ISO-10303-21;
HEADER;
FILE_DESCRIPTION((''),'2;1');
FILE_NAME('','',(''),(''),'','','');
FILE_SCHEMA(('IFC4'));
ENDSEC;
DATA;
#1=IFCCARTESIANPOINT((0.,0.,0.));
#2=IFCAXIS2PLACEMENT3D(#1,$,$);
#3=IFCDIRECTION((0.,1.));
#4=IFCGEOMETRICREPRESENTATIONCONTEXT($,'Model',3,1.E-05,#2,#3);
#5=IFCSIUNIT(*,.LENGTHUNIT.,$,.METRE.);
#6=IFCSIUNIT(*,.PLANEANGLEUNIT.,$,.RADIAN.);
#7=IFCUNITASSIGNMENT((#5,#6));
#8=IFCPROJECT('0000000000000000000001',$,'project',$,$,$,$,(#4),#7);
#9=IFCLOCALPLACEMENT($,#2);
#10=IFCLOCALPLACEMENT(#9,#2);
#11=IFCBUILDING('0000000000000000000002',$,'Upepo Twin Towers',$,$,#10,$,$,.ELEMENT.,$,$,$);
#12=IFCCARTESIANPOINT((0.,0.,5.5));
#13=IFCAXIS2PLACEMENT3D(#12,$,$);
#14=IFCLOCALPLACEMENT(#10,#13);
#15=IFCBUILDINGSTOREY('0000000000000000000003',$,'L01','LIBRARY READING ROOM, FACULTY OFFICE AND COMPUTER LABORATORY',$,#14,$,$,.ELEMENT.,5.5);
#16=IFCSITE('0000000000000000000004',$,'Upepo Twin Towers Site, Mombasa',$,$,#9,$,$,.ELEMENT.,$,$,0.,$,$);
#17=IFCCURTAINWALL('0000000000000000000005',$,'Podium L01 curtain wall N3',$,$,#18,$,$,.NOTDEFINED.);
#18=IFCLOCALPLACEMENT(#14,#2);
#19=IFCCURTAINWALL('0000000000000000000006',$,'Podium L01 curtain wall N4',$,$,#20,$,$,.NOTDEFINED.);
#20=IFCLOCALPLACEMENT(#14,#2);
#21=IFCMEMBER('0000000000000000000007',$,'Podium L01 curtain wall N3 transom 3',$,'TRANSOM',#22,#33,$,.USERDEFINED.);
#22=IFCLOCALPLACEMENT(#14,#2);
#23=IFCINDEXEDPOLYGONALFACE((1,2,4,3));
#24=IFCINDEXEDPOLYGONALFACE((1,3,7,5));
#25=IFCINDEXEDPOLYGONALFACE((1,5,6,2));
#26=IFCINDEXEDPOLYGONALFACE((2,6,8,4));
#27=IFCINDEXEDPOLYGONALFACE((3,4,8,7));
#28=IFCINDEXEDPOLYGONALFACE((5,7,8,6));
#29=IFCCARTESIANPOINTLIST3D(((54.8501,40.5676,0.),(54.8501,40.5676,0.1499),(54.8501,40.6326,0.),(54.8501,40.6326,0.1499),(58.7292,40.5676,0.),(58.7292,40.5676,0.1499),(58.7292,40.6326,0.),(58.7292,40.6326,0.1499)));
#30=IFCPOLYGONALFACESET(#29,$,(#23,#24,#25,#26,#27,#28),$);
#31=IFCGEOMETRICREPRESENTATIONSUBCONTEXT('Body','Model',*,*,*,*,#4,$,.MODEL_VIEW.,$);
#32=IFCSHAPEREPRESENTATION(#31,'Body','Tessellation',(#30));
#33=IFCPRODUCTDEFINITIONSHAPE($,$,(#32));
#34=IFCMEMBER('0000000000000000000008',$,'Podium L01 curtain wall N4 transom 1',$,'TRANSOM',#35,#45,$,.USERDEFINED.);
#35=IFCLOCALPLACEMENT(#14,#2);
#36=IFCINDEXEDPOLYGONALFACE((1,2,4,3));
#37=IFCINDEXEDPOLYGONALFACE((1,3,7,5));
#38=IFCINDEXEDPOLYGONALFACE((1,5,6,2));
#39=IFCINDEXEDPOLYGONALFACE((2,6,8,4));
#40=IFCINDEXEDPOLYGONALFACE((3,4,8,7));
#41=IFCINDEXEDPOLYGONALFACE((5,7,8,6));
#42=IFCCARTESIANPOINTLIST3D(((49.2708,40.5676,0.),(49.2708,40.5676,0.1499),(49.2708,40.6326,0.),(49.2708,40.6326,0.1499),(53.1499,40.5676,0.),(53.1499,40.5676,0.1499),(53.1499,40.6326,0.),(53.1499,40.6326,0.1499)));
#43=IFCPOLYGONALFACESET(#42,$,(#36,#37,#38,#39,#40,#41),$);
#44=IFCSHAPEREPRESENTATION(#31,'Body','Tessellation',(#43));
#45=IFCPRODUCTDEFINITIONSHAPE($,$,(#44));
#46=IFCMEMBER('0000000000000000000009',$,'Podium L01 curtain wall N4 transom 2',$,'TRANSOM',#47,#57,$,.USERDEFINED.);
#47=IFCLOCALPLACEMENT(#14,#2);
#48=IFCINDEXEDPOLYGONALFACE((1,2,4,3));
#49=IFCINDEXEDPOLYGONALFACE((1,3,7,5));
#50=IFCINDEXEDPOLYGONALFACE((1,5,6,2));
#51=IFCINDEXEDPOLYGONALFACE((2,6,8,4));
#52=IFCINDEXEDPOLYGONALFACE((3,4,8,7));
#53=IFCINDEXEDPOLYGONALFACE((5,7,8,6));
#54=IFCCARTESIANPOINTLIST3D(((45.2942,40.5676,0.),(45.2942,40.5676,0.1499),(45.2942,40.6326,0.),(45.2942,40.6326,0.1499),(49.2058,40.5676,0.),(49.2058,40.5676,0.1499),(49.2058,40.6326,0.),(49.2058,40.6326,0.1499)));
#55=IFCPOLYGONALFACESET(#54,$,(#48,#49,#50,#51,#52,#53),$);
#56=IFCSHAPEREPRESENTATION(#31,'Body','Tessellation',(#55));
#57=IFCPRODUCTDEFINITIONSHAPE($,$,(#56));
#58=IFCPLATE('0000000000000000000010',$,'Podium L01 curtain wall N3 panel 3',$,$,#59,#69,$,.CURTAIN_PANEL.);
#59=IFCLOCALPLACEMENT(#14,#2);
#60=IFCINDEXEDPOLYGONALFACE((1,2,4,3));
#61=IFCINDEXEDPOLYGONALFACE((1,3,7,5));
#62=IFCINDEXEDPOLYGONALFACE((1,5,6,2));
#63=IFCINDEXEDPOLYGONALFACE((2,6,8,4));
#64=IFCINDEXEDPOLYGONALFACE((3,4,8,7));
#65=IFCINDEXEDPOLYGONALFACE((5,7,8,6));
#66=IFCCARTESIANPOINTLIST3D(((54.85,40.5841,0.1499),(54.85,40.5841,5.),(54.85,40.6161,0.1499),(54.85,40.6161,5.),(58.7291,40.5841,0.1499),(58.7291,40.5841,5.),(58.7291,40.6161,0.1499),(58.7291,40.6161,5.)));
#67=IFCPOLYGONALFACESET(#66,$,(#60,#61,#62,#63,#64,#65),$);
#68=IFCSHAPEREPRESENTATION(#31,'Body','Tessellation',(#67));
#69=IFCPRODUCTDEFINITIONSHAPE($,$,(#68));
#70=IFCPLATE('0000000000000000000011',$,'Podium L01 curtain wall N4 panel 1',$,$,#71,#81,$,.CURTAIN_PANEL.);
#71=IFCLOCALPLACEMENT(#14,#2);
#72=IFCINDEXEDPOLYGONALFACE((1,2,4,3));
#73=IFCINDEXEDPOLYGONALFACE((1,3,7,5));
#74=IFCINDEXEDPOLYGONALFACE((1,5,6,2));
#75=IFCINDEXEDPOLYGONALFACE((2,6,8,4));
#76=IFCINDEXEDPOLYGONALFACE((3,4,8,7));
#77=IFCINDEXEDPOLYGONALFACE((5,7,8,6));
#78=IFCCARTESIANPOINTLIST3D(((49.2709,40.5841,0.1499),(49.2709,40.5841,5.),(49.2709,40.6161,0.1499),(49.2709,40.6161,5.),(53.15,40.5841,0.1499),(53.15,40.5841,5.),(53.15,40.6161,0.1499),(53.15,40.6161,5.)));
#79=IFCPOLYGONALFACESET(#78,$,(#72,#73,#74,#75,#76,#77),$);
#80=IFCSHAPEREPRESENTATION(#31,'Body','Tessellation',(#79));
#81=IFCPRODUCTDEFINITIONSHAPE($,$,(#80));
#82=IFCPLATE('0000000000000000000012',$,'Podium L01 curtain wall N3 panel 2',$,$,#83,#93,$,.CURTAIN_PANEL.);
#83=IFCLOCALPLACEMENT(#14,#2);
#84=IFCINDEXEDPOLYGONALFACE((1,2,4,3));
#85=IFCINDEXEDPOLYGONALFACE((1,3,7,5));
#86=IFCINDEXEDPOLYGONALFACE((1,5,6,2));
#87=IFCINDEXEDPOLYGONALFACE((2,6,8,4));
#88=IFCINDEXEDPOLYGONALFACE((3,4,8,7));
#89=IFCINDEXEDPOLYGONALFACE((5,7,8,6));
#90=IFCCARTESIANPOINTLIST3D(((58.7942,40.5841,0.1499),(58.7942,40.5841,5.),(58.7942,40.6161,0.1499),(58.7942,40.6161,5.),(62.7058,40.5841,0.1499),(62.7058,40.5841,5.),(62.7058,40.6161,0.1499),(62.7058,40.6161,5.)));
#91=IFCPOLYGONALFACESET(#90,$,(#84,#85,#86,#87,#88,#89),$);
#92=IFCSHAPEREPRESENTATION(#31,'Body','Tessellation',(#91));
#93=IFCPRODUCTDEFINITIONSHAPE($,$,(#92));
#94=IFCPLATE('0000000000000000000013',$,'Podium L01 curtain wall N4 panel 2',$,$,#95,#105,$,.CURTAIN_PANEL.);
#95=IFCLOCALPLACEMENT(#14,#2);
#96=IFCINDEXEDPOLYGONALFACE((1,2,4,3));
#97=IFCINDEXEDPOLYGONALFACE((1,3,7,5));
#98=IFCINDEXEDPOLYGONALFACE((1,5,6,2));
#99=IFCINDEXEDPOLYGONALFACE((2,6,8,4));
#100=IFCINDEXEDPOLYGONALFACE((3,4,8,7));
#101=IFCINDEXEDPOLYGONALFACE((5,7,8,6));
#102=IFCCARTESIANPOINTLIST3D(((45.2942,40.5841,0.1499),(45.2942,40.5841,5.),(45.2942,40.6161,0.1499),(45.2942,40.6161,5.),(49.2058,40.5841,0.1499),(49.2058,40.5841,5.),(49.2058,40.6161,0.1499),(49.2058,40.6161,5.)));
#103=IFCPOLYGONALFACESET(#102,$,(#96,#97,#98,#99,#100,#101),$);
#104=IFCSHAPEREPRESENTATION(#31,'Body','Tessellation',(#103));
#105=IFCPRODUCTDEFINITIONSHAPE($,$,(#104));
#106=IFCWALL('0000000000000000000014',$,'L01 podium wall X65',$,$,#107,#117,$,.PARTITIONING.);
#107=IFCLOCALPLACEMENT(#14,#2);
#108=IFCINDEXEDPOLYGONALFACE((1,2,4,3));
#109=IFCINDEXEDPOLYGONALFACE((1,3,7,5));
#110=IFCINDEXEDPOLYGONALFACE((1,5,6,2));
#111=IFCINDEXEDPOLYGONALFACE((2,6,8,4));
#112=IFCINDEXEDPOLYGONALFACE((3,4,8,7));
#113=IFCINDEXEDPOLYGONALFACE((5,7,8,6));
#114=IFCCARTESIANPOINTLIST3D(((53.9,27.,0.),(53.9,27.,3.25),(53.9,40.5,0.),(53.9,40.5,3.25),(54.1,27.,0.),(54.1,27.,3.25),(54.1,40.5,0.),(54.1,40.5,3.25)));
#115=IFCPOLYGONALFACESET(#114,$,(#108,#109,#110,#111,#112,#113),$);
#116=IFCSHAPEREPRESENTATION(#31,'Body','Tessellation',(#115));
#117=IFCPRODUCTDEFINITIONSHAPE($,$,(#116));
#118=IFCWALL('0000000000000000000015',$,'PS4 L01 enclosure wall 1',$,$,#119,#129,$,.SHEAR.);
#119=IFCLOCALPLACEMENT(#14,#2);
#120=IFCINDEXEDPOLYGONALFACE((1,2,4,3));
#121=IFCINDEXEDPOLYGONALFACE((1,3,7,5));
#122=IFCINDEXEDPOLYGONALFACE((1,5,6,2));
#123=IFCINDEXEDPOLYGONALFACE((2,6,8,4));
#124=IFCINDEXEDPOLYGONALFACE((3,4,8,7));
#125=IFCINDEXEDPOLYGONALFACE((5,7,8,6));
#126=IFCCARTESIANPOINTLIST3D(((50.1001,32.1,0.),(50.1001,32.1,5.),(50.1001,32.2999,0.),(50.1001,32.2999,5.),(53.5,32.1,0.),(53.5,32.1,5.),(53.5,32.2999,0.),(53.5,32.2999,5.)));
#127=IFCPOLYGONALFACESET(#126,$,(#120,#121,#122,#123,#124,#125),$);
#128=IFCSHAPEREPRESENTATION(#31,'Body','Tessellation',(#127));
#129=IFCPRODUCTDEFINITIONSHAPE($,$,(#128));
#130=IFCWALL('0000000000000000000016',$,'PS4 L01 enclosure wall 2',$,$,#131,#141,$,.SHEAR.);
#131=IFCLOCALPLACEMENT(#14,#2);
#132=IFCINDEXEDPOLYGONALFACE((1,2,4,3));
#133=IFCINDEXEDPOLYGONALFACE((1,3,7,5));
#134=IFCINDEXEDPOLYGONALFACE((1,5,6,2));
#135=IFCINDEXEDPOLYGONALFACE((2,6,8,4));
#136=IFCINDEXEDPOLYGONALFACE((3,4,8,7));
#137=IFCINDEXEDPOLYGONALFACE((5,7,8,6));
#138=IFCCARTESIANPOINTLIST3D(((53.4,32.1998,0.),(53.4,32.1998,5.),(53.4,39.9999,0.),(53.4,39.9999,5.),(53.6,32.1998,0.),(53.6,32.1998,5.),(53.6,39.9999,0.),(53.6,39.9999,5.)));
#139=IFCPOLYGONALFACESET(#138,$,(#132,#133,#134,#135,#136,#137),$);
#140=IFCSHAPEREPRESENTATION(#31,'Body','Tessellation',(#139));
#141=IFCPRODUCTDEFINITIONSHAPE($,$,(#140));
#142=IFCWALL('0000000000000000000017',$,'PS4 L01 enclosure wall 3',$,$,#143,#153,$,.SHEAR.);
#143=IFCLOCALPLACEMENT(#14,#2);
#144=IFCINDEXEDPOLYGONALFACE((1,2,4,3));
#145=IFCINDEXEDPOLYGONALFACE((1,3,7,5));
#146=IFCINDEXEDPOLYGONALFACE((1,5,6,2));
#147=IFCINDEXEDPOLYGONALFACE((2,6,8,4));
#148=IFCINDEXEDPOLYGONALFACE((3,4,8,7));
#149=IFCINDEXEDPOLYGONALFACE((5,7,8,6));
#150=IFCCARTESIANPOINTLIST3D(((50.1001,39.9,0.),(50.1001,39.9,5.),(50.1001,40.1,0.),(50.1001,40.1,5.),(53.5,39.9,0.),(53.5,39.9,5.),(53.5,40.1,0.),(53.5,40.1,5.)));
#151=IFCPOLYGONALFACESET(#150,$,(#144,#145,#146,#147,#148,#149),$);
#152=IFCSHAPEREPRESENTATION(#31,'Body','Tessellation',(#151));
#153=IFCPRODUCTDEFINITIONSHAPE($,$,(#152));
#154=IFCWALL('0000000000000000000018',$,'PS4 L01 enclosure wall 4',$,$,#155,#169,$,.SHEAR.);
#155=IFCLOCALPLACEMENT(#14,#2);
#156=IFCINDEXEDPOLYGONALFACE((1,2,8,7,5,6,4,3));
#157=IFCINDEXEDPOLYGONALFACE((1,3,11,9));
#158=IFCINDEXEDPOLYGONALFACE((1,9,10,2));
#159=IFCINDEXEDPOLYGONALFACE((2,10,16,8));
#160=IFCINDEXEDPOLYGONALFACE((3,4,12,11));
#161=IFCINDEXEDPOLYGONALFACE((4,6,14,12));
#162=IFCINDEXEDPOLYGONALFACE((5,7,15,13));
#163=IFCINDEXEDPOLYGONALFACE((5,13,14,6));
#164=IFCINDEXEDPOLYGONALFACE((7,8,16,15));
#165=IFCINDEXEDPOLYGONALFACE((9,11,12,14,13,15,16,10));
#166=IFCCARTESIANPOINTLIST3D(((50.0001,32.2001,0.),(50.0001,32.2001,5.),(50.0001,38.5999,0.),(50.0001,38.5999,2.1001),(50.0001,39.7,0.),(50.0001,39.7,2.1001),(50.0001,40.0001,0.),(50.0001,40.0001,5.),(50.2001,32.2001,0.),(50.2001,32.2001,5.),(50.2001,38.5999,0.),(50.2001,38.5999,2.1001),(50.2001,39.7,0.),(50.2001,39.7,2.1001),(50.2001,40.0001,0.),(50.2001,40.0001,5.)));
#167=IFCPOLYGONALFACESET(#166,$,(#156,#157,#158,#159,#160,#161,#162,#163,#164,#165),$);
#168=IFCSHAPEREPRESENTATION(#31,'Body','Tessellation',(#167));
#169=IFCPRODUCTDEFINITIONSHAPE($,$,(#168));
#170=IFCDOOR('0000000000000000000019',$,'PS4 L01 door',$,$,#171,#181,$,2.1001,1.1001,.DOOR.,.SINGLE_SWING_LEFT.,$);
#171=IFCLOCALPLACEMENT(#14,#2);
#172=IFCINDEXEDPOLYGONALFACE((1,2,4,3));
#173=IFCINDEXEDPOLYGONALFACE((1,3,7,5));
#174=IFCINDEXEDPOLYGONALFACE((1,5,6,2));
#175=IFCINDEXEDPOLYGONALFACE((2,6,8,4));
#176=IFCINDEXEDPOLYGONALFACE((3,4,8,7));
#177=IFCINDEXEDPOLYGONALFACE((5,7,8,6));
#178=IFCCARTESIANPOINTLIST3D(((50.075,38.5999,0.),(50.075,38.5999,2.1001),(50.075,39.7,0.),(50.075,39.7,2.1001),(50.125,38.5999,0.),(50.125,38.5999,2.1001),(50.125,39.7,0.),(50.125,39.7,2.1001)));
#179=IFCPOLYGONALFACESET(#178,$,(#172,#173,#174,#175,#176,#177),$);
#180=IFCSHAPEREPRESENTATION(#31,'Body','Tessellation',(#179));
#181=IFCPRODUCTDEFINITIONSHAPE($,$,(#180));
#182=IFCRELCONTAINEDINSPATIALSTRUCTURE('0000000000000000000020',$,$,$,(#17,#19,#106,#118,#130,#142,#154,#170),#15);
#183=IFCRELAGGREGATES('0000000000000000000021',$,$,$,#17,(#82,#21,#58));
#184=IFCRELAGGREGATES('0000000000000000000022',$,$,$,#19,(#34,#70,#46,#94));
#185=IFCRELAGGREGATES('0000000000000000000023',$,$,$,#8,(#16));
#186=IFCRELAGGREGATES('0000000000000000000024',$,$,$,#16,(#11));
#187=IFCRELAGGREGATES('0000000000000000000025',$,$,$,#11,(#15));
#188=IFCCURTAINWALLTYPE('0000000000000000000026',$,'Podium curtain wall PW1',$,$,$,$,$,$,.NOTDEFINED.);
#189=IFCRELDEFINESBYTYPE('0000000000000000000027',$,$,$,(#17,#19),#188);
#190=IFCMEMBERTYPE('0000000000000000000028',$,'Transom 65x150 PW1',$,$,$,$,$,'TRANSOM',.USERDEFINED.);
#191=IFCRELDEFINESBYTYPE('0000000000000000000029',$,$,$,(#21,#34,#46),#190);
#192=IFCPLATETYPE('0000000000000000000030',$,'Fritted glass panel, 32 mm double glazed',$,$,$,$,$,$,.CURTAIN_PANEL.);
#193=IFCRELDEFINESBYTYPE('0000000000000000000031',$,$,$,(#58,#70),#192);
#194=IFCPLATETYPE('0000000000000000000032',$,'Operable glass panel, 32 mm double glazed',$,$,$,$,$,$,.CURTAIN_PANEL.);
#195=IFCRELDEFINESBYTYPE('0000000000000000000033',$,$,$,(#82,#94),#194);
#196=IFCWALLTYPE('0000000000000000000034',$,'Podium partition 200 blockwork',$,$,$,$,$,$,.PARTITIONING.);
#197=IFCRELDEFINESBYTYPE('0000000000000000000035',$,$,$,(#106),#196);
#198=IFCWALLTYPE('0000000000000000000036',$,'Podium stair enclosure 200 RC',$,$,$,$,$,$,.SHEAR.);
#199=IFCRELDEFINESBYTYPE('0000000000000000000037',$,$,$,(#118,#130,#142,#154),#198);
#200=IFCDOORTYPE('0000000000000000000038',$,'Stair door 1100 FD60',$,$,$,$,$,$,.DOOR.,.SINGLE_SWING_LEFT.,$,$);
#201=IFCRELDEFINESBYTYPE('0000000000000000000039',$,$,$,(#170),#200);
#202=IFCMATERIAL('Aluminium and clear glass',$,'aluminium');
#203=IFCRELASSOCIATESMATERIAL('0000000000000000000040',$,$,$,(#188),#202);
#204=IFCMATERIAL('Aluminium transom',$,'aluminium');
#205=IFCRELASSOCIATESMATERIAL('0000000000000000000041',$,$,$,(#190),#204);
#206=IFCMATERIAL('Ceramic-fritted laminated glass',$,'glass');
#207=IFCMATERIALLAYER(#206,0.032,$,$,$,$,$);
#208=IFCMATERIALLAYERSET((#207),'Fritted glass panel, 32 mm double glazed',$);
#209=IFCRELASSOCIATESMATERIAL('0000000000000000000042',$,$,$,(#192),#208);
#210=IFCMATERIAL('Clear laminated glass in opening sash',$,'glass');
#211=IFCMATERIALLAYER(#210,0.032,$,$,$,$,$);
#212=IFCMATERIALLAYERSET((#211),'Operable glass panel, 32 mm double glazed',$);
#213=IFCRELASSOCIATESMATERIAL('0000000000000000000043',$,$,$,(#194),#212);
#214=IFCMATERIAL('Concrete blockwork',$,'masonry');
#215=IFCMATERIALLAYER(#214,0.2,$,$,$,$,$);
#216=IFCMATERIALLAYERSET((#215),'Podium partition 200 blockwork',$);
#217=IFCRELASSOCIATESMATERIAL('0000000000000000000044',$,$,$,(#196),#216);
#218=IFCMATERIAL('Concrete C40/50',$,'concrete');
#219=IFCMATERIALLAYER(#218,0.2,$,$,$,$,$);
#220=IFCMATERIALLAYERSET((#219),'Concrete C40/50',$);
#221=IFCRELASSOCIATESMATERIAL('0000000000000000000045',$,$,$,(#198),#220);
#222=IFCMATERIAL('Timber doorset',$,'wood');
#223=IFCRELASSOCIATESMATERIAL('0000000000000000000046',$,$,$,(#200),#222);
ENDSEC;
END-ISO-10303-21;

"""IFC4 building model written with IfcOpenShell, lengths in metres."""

from ifc_helpers import new_model, si_unit, direction, frame, frame_2d, origin, origin_2d, place, context, subcontext, project, spatial, rectangle, extrude, material, layer, layer_set, material_profile, profile_set, type_object, element, fill, aggregate, save


model = new_model("IFC4")

# Units and contexts
model_context = context("Model", 3, precision=1e-05, world=origin(), true_north=direction((0.0, 1.0)))
body_context = subcontext(model_context, "Body", "Model", "MODEL_VIEW")
ifc_project = project(units=[si_unit("LENGTHUNIT", "METRE"), si_unit("PLANEANGLEUNIT", "RADIAN")], contexts=[model_context])

# Site, building, storey
site_placement = place(None, origin())
site = spatial("IfcSite", under=ifc_project, at=site_placement, Name="Upepo Twin Towers Site, Mombasa", CompositionType="ELEMENT", RefElevation=0.0)
building_placement = place(site_placement, origin())
building = spatial("IfcBuilding", under=site, at=building_placement, Name="Upepo Twin Towers", CompositionType="ELEMENT")
storey_placement = place(building_placement, frame((0.0, 0.0, 5.5)))
storey = spatial("IfcBuildingStorey", under=building, at=storey_placement, Name="L01", Description="LIBRARY READING ROOM, FACULTY OFFICE AND COMPUTER LABORATORY", CompositionType="ELEMENT", Elevation=5.5)

# Curtain walls
ifc_material_1 = material(Name="Aluminium and clear glass", Category="aluminium")
curtain_wall_type = type_object("IfcCurtainWallType", Name="Podium curtain wall PW1", PredefinedType="NOTDEFINED", material=ifc_material_1)
curtain_wall_1_placement = place(storey_placement, origin())
curtain_wall_1 = element("IfcCurtainWall", 1, at=curtain_wall_1_placement, inside=storey, type_object=curtain_wall_type, Name="Podium L01 curtain wall N3", PredefinedType="NOTDEFINED")
curtain_wall_2_placement = place(storey_placement, origin())
curtain_wall_2 = element("IfcCurtainWall", 2, at=curtain_wall_2_placement, inside=storey, type_object=curtain_wall_type, Name="Podium L01 curtain wall N4", PredefinedType="NOTDEFINED")

# Members
ifc_material_2 = material(Name="Aluminium transom", Category="aluminium")
ifc_material_profile_1 = material_profile(ifc_material_2, rectangle(XDim=0.0649, YDim=0.1499, at=origin_2d()), Name="TRANSOM 65x150 PODIUM")
ifc_profile_set_1 = profile_set([ifc_material_profile_1], Name="Aluminium transom")
member_type_1 = type_object("IfcMemberType", Name="Transom 65x150 PW1", ElementType="TRANSOM", PredefinedType="USERDEFINED", material=ifc_profile_set_1)
member_1_placement = place(storey_placement, frame((58.7292, 40.6001, 0.075), z_axis=(-1.0, 0.0, 0.0), x_axis=(0.0, -1.0, 0.0)))
member_1 = element("IfcMember", 3, at=member_1_placement, type_object=member_type_1, Name="Podium L01 curtain wall N3 transom 3", ObjectType="TRANSOM", PredefinedType="USERDEFINED", context=body_context, shape_type="SweptSolid", body=[
    extrude(rectangle(XDim=0.0649, YDim=0.1499, at=origin_2d()), origin(), (0.0, 0.0, 1.0), 3.8792),
])
member_2_placement = place(storey_placement, frame((53.1499, 40.6001, 0.075), z_axis=(-1.0, 0.0, 0.0), x_axis=(0.0, -1.0, 0.0)))
member_2 = element("IfcMember", 4, at=member_2_placement, type_object=member_type_1, Name="Podium L01 curtain wall N4 transom 1", ObjectType="TRANSOM", PredefinedType="USERDEFINED", context=body_context, shape_type="SweptSolid", body=[
    extrude(rectangle(XDim=0.0649, YDim=0.1499, at=origin_2d()), origin(), (0.0, 0.0, 1.0), 3.8792),
])
member_3_placement = place(storey_placement, frame((49.2058, 40.6001, 0.075), z_axis=(-1.0, 0.0, 0.0), x_axis=(0.0, -1.0, 0.0)))
member_3 = element("IfcMember", 5, at=member_3_placement, type_object=member_type_1, Name="Podium L01 curtain wall N4 transom 2", ObjectType="TRANSOM", PredefinedType="USERDEFINED", context=body_context, shape_type="SweptSolid", body=[
    extrude(rectangle(XDim=0.0649, YDim=0.1499, at=origin_2d()), origin(), (0.0, 0.0, 1.0), 3.9116),
])

# Plates
ifc_material_3 = material(Name="Ceramic-fritted laminated glass", Category="glass")
ifc_layer_1 = layer(ifc_material_3, 0.032)
ifc_layer_set_1 = layer_set([ifc_layer_1], Name="Fritted glass panel, 32 mm double glazed")
plate_type_1 = type_object("IfcPlateType", Name="Fritted glass panel, 32 mm double glazed", PredefinedType="CURTAIN_PANEL", material=ifc_layer_set_1)
plate_1_placement = place(storey_placement, frame((56.7896, 40.6001, 0.1499), z_axis=(0.0, 0.0, 1.0), x_axis=(-1.0, 0.0, 0.0)))
plate_1 = element("IfcPlate", 6, at=plate_1_placement, type_object=plate_type_1, Name="Podium L01 curtain wall N3 panel 3", PredefinedType="CURTAIN_PANEL", context=body_context, shape_type="SweptSolid", body=[
    extrude(rectangle(XDim=3.8792, YDim=0.032, at=origin_2d()), origin(), (0.0, 0.0, 1.0), 4.8501),
])
plate_2_placement = place(storey_placement, frame((51.2104, 40.6001, 0.1499), z_axis=(0.0, 0.0, 1.0), x_axis=(-1.0, 0.0, 0.0)))
plate_2 = element("IfcPlate", 7, at=plate_2_placement, type_object=plate_type_1, Name="Podium L01 curtain wall N4 panel 1", PredefinedType="CURTAIN_PANEL", context=body_context, shape_type="SweptSolid", body=[
    extrude(rectangle(XDim=3.8792, YDim=0.032, at=origin_2d()), origin(), (0.0, 0.0, 1.0), 4.8501),
])
ifc_material_4 = material(Name="Clear laminated glass in opening sash", Category="glass")
ifc_layer_2 = layer(ifc_material_4, 0.032)
ifc_layer_set_2 = layer_set([ifc_layer_2], Name="Operable glass panel, 32 mm double glazed")
plate_type_2 = type_object("IfcPlateType", Name="Operable glass panel, 32 mm double glazed", PredefinedType="CURTAIN_PANEL", material=ifc_layer_set_2)
plate_3_placement = place(storey_placement, frame((60.75, 40.6001, 0.1499), z_axis=(0.0, 0.0, 1.0), x_axis=(-1.0, 0.0, 0.0)))
plate_3 = element("IfcPlate", 8, at=plate_3_placement, type_object=plate_type_2, Name="Podium L01 curtain wall N3 panel 2", PredefinedType="CURTAIN_PANEL", context=body_context, shape_type="SweptSolid", body=[
    extrude(rectangle(XDim=3.9116, YDim=0.032, at=origin_2d()), origin(), (0.0, 0.0, 1.0), 4.8501),
])
aggregate(curtain_wall_1, [plate_3, member_1, plate_1])
plate_4_placement = place(storey_placement, frame((47.25, 40.6001, 0.1499), z_axis=(0.0, 0.0, 1.0), x_axis=(-1.0, 0.0, 0.0)))
plate_4 = element("IfcPlate", 9, at=plate_4_placement, type_object=plate_type_2, Name="Podium L01 curtain wall N4 panel 2", PredefinedType="CURTAIN_PANEL", context=body_context, shape_type="SweptSolid", body=[
    extrude(rectangle(XDim=3.9116, YDim=0.032, at=origin_2d()), origin(), (0.0, 0.0, 1.0), 4.8501),
])
aggregate(curtain_wall_2, [member_2, plate_2, member_3, plate_4])

# Walls
ifc_material_5 = material(Name="Concrete blockwork", Category="masonry")
ifc_layer_3 = layer(ifc_material_5, 0.2)
ifc_layer_set_3 = layer_set([ifc_layer_3], Name="Podium partition 200 blockwork")
wall_type_1 = type_object("IfcWallType", Name="Podium partition 200 blockwork", PredefinedType="PARTITIONING", material=ifc_layer_set_3)
wall_1_placement = place(storey_placement, frame((54.0, 27.0, 0.0), z_axis=(0.0, 0.0, 1.0), x_axis=(0.0, 1.0, 0.0)))
element("IfcWall", 10, at=wall_1_placement, inside=storey, type_object=wall_type_1, Name="L01 podium wall X65", PredefinedType="PARTITIONING", context=body_context, shape_type="SweptSolid", body=[
    extrude(rectangle(XDim=13.5, YDim=0.2, at=frame_2d((6.75, 0.0))), origin(), (0.0, 0.0, 1.0), 3.25),
])
ifc_material_6 = material(Name="Concrete C40/50", Category="concrete")
ifc_layer_4 = layer(ifc_material_6, 0.2)
ifc_layer_set_4 = layer_set([ifc_layer_4], Name="Concrete C40/50")
wall_type_2 = type_object("IfcWallType", Name="Podium stair enclosure 200 RC", PredefinedType="SHEAR", material=ifc_layer_set_4)
wall_2_placement = place(storey_placement, frame((50.1001, 32.2, 0.0), z_axis=(0.0, 0.0, 1.0), x_axis=(1.0, 0.0, 0.0)))
element("IfcWall", 11, at=wall_2_placement, inside=storey, type_object=wall_type_2, Name="PS4 L01 enclosure wall 1", PredefinedType="SHEAR", context=body_context, shape_type="SweptSolid", body=[
    extrude(rectangle(XDim=3.3999, YDim=0.2, at=frame_2d((1.7, 0.0))), origin(), (0.0, 0.0, 1.0), 5.0),
])
wall_3_placement = place(storey_placement, frame((53.5, 32.2, 0.0), z_axis=(0.0, 0.0, 1.0), x_axis=(0.0, 1.0, 0.0)))
element("IfcWall", 12, at=wall_3_placement, inside=storey, type_object=wall_type_2, Name="PS4 L01 enclosure wall 2", PredefinedType="SHEAR", context=body_context, shape_type="SweptSolid", body=[
    extrude(rectangle(XDim=7.8, YDim=0.2, at=frame_2d((3.8999, 0.0))), origin(), (0.0, 0.0, 1.0), 5.0),
])
wall_4_placement = place(storey_placement, frame((53.5, 40.0, 0.0), z_axis=(0.0, 0.0, 1.0), x_axis=(-1.0, 0.0, 0.0)))
element("IfcWall", 13, at=wall_4_placement, inside=storey, type_object=wall_type_2, Name="PS4 L01 enclosure wall 3", PredefinedType="SHEAR", context=body_context, shape_type="SweptSolid", body=[
    extrude(rectangle(XDim=3.3999, YDim=0.2, at=frame_2d((1.7, 0.0))), origin(), (0.0, 0.0, 1.0), 5.0),
])

# Wall, opening, door
wall_5_placement = place(storey_placement, frame((50.1001, 40.0, 0.0), z_axis=(0.0, 0.0, 1.0), x_axis=(0.0, -1.0, 0.0)))
wall_5 = element("IfcWall", 14, at=wall_5_placement, inside=storey, type_object=wall_type_2, Name="PS4 L01 enclosure wall 4", PredefinedType="SHEAR", context=body_context, shape_type="SweptSolid", body=[
    extrude(rectangle(XDim=7.8, YDim=0.2, at=frame_2d((3.8999, 0.0))), origin(), (0.0, 0.0, 1.0), 5.0),
])
opening_placement = place(wall_5_placement, frame((0.3, 0.0, 0.0)))
opening = element("IfcOpeningElement", 15, at=opening_placement, cuts=wall_5, PredefinedType="OPENING", context=body_context, shape_type="SweptSolid", body=[
    extrude(rectangle(XDim=1.1001, YDim=2.1001, at=frame_2d((0.55, 1.05))), frame((0.0, 0.1099, 0.0), z_axis=(0.0, -1.0, 0.0), x_axis=(1.0, 0.0, 0.0)), (0.0, 0.0, 1.0), 0.22),
])
ifc_material_7 = material(Name="Timber doorset", Category="wood")
door_type = type_object("IfcDoorType", Name="Stair door 1100 FD60", OperationType="SINGLE_SWING_LEFT", PredefinedType="DOOR", material=ifc_material_7)
door_placement = place(opening_placement, origin())
door = element("IfcDoor", 16, at=door_placement, inside=storey, type_object=door_type, Name="PS4 L01 door", OperationType="SINGLE_SWING_LEFT", OverallHeight=2.1001, OverallWidth=1.1001, PredefinedType="DOOR", context=body_context, shape_type="SweptSolid", body=[
    extrude(rectangle(XDim=1.1001, YDim=2.1001, at=frame_2d((0.55, 1.05))), frame((0.0, 0.0249, 0.0), z_axis=(0.0, -1.0, 0.0), x_axis=(1.0, 0.0, 0.0)), (0.0, 0.0, 1.0), 0.05),
])
fill(opening, door)

save(model, "model.ifc")
